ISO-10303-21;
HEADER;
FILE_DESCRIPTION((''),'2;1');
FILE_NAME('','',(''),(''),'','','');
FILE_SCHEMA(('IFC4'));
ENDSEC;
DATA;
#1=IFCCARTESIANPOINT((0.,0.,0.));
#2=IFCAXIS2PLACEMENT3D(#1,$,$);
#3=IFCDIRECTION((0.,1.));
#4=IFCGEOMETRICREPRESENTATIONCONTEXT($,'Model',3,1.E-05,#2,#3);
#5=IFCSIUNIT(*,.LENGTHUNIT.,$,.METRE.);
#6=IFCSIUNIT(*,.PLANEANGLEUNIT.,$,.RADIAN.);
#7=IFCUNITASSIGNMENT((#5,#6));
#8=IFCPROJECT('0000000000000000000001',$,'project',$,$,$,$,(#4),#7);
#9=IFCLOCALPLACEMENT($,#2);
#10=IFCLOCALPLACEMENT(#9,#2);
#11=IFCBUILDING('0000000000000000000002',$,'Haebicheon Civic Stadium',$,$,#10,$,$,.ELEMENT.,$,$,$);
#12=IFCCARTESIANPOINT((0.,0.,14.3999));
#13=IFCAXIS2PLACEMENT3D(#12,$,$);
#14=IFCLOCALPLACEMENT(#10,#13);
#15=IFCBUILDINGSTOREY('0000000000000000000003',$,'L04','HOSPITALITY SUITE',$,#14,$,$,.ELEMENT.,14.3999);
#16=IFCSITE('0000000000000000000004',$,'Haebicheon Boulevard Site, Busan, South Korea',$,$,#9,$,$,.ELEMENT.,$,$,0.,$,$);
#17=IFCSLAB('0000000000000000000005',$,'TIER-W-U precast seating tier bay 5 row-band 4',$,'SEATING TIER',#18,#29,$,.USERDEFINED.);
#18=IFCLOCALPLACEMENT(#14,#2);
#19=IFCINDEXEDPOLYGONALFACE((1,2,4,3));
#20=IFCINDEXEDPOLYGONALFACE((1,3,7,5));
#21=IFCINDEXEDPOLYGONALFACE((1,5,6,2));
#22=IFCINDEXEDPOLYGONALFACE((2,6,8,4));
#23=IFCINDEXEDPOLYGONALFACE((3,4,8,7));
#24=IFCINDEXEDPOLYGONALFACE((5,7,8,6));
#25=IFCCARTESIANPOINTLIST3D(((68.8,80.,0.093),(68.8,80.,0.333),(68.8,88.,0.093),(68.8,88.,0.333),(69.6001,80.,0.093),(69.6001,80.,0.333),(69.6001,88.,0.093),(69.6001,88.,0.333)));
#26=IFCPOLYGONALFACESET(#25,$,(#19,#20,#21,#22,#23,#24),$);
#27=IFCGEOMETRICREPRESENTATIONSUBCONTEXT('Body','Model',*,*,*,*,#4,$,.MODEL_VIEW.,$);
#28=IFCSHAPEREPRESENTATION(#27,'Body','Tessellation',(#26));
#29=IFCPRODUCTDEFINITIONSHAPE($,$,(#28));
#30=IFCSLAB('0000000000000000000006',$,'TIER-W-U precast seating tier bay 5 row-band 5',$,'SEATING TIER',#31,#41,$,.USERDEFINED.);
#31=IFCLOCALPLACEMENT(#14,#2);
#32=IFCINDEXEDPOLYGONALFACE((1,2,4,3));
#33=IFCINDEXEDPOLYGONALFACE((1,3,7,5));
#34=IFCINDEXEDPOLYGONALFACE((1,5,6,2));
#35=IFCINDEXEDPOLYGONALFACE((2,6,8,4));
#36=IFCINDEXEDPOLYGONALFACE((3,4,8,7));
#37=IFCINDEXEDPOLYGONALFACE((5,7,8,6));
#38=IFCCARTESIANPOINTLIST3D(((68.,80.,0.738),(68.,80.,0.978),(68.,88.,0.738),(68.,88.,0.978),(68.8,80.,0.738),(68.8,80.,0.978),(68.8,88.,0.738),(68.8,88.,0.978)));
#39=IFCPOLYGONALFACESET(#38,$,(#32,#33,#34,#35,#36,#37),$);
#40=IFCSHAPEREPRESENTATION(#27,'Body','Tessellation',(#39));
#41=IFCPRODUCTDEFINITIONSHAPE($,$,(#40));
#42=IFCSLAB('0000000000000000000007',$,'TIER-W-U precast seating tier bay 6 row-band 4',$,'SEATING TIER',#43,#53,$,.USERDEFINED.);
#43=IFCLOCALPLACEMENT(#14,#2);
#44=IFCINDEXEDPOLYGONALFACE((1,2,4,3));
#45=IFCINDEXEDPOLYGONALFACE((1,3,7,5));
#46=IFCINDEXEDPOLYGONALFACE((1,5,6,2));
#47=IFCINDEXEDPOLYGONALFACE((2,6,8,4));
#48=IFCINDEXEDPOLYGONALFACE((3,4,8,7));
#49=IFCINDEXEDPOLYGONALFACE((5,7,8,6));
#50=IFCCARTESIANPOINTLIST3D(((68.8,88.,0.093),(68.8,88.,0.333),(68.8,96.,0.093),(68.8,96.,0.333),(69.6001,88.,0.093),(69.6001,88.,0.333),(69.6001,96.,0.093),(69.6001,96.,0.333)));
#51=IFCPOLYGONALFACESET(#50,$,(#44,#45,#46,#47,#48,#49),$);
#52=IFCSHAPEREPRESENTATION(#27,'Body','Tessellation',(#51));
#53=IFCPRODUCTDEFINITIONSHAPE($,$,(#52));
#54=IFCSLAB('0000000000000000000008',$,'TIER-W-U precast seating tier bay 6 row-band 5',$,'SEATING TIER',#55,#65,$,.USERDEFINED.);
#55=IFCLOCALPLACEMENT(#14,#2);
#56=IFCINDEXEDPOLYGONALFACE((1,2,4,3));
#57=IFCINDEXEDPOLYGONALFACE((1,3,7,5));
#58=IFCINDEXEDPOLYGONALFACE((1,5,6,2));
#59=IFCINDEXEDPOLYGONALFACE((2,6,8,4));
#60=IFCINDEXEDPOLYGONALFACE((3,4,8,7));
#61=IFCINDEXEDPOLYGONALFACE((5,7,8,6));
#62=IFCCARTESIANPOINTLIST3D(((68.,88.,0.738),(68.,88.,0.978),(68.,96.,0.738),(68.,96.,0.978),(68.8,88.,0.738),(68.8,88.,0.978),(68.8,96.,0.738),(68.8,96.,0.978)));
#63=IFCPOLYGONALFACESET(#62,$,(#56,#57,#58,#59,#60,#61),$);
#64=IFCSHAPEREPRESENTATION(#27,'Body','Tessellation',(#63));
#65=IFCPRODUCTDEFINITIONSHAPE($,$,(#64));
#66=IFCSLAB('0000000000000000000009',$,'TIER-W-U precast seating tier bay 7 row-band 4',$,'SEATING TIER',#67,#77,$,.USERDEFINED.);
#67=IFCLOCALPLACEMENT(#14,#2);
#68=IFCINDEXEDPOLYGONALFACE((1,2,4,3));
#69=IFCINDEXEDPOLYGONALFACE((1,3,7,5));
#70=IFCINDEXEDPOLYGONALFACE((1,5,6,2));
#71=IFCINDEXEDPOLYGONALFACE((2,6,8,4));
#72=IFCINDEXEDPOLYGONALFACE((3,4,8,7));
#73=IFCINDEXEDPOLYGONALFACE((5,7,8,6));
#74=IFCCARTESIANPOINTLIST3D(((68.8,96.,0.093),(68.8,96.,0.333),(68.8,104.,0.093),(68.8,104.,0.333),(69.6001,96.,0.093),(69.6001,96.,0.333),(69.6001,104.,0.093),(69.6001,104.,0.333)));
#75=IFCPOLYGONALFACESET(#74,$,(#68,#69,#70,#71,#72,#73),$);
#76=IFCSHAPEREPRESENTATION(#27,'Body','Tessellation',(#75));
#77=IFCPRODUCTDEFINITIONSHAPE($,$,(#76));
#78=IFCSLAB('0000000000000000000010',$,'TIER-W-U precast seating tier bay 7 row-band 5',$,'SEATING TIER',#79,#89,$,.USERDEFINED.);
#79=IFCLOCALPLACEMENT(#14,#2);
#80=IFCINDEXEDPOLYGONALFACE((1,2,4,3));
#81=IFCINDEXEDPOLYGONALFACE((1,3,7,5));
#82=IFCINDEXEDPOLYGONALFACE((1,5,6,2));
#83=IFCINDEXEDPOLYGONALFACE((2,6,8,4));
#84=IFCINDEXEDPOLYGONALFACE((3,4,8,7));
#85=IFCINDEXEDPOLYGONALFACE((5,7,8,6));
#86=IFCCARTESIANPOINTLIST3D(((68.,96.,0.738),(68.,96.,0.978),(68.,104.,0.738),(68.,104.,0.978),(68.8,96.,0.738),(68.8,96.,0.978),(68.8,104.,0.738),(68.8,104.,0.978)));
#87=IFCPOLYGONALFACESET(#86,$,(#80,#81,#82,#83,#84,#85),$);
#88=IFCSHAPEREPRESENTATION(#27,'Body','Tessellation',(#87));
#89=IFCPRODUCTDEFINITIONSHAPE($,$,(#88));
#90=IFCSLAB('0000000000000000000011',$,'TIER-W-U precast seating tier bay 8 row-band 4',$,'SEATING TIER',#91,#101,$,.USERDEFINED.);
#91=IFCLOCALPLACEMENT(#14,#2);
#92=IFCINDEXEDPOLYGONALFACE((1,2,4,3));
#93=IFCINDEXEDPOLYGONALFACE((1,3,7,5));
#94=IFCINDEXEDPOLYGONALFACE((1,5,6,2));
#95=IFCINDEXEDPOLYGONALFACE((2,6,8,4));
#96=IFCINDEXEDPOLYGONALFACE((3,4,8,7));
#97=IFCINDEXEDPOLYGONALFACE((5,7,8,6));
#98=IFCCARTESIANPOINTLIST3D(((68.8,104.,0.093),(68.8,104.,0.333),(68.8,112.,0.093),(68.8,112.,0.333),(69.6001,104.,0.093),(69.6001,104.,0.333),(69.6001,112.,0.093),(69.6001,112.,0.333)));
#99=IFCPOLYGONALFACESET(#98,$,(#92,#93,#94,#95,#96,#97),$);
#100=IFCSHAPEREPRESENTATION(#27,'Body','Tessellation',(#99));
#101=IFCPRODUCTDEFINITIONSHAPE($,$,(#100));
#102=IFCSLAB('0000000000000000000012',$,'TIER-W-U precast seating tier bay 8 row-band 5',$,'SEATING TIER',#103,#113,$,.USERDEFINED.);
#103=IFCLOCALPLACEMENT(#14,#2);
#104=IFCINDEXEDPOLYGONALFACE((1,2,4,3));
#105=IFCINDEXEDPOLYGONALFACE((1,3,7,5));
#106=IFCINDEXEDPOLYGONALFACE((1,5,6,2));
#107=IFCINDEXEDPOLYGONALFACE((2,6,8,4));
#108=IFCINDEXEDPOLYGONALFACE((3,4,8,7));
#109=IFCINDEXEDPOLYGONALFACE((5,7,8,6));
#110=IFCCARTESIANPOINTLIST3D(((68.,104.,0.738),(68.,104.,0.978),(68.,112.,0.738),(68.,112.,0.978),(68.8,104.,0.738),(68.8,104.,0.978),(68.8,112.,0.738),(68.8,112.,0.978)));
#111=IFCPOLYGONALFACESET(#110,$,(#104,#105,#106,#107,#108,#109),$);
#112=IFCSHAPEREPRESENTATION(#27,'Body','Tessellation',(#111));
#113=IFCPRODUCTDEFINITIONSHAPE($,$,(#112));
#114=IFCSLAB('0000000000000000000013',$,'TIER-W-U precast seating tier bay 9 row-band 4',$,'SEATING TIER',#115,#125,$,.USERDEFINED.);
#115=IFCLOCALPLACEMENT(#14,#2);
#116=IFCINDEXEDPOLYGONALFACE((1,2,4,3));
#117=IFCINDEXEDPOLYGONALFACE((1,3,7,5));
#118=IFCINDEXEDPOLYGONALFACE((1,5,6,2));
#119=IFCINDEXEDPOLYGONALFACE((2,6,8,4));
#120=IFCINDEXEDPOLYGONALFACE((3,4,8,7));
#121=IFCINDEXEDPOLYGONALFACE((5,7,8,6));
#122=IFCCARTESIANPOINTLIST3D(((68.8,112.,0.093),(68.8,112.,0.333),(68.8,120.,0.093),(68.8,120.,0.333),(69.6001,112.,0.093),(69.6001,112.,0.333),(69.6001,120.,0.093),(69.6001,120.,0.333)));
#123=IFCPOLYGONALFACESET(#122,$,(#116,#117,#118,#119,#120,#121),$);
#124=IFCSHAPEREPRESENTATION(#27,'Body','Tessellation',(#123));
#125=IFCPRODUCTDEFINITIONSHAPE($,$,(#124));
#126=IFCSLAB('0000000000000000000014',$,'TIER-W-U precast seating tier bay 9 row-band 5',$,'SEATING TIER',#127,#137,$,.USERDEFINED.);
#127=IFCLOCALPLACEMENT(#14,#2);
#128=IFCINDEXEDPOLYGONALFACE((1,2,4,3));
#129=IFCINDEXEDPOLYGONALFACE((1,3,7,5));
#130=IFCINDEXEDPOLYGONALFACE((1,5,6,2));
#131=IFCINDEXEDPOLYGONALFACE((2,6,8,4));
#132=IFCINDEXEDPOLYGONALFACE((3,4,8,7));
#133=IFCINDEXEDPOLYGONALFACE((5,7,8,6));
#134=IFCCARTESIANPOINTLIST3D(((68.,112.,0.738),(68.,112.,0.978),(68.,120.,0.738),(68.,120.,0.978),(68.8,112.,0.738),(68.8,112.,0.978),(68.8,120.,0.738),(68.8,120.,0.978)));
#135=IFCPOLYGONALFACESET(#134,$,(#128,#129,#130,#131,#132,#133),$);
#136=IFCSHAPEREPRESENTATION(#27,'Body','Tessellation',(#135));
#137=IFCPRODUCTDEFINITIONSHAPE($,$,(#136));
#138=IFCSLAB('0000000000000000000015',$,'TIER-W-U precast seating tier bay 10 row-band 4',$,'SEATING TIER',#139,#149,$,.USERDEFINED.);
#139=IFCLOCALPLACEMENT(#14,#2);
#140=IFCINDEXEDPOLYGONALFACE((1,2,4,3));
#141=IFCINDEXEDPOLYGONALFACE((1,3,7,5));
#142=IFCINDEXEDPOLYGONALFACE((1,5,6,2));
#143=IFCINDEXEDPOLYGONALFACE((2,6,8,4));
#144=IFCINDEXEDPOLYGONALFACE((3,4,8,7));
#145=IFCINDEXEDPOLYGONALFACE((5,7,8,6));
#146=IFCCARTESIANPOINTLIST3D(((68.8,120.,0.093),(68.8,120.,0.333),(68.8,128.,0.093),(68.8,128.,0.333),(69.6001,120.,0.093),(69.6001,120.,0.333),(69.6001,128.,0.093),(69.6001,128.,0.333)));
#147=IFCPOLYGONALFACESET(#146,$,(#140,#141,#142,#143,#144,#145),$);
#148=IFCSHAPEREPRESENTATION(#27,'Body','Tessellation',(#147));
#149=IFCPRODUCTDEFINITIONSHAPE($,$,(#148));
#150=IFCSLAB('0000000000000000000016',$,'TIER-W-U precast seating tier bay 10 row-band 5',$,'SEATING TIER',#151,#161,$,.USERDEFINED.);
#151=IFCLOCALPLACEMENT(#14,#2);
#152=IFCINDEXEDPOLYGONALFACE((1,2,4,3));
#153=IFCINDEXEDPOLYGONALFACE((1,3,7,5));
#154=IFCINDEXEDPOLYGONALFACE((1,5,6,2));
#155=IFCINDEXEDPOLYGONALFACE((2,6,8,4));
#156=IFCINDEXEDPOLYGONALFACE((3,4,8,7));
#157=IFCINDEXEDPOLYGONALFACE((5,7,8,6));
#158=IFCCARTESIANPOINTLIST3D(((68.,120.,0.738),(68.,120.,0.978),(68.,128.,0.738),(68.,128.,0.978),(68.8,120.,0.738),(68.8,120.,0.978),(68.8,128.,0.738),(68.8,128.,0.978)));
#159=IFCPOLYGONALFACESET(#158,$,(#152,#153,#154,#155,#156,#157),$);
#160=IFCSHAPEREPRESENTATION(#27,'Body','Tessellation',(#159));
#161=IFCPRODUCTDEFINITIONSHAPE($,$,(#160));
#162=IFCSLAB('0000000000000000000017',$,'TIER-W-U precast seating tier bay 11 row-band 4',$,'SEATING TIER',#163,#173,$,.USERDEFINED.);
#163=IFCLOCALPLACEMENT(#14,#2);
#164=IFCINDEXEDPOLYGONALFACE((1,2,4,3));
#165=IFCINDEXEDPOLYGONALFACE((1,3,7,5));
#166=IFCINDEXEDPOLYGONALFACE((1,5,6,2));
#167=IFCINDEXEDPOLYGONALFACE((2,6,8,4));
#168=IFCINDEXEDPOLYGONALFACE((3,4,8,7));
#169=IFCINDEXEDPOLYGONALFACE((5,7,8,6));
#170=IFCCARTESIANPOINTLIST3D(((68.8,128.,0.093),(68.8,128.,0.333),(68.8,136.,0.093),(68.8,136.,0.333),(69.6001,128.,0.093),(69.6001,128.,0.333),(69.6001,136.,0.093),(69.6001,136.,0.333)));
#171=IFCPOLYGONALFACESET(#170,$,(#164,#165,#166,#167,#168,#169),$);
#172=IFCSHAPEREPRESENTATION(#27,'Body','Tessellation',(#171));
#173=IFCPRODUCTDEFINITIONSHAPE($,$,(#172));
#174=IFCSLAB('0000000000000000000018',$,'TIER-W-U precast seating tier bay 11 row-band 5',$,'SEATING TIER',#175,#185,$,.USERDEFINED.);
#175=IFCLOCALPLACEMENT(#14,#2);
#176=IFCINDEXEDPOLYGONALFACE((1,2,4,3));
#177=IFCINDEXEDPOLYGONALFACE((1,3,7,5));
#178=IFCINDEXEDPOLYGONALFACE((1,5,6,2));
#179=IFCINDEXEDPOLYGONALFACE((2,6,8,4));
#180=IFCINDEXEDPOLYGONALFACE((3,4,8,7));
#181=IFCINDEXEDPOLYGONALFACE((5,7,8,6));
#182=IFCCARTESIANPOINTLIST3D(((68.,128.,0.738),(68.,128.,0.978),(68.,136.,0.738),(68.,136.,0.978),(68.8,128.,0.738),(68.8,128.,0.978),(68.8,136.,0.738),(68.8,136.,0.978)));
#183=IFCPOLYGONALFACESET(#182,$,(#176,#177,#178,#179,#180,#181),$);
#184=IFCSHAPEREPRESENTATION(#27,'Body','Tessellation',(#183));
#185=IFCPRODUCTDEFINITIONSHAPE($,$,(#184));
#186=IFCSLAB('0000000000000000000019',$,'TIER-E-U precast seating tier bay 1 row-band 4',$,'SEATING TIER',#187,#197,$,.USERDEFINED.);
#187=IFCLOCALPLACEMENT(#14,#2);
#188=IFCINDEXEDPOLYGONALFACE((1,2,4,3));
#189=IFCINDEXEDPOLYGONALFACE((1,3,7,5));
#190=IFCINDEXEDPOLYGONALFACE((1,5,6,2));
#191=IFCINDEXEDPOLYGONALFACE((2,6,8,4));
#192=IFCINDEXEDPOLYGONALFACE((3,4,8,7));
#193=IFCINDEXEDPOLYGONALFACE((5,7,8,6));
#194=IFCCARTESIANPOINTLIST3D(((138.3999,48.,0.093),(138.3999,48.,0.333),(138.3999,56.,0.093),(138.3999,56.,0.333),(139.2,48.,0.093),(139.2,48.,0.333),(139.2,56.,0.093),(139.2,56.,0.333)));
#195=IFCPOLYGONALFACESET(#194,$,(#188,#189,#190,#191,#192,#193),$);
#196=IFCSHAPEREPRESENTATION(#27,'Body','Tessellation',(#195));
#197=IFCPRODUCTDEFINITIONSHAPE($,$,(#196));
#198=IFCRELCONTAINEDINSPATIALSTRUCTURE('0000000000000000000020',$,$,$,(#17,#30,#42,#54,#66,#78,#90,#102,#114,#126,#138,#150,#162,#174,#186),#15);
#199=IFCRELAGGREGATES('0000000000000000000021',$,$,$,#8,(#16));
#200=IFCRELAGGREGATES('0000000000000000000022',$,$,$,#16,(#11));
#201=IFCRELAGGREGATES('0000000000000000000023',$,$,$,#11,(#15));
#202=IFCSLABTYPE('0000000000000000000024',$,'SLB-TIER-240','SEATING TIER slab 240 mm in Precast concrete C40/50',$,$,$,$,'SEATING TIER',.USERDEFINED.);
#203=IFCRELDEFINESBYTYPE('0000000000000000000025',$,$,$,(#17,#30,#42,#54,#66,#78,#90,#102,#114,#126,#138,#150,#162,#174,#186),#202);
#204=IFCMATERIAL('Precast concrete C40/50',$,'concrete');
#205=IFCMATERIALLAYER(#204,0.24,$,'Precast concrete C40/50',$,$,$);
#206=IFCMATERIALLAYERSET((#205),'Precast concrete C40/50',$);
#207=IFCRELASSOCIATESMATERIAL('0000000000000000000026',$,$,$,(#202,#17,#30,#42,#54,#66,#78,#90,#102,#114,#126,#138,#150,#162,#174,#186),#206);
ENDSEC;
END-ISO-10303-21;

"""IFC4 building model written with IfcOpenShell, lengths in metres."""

from ifc_helpers import new_model, si_unit, direction, frame, origin, place, context, subcontext, project, spatial, polyline, outline, extrude, material, layer, layer_set, type_object, element, save


model = new_model("IFC4")

# Units and contexts
model_context = context("Model", 3, precision=1e-05, world=origin(), true_north=direction((0.0, 1.0)))
body_context = subcontext(model_context, "Body", "Model", "MODEL_VIEW")
ifc_project = project(units=[si_unit("LENGTHUNIT", "METRE"), si_unit("PLANEANGLEUNIT", "RADIAN")], contexts=[model_context])

# Site, building, storey
site_placement = place(None, origin())
site = spatial("IfcSite", under=ifc_project, at=site_placement, Name="Haebicheon Boulevard Site, Busan, South Korea", CompositionType="ELEMENT", RefElevation=0.0)
building_placement = place(site_placement, origin())
building = spatial("IfcBuilding", under=site, at=building_placement, Name="Haebicheon Civic Stadium", CompositionType="ELEMENT")
storey_placement = place(building_placement, frame((0.0, 0.0, 14.3999)))
storey = spatial("IfcBuildingStorey", under=building, at=storey_placement, Name="L04", Description="HOSPITALITY SUITE", CompositionType="ELEMENT", Elevation=14.3999)

# Slabs
ifc_material_1 = material(Name="Precast concrete C40/50", Category="concrete")
ifc_layer_1 = layer(ifc_material_1, 0.24, Name="Precast concrete C40/50")
ifc_layer_set_1 = layer_set([ifc_layer_1], Name="Precast concrete C40/50")
slab_type_1 = type_object("IfcSlabType", Name="SLB-TIER-240", Description="SEATING TIER slab 240 mm in Precast concrete C40/50", ElementType="SEATING TIER", PredefinedType="USERDEFINED", material=ifc_layer_set_1)
slab_1_placement = place(storey_placement, frame((0.0, 0.0, 0.093)))
element("IfcSlab", 1, at=slab_1_placement, inside=storey, type_object=slab_type_1, material=ifc_layer_set_1, Name="TIER-W-U precast seating tier bay 5 row-band 4", ObjectType="SEATING TIER", PredefinedType="USERDEFINED", context=body_context, shape_type="SweptSolid", body=[
    extrude(outline(polyline([(68.8, 80.0), (69.6001, 80.0), (69.6001, 88.0), (68.8, 88.0), (68.8, 80.0)])), origin(), (0.0, 0.0, 1.0), 0.24),
])
slab_2_placement = place(storey_placement, frame((0.0, 0.0, 0.738)))
element("IfcSlab", 2, at=slab_2_placement, inside=storey, type_object=slab_type_1, material=ifc_layer_set_1, Name="TIER-W-U precast seating tier bay 5 row-band 5", ObjectType="SEATING TIER", PredefinedType="USERDEFINED", context=body_context, shape_type="SweptSolid", body=[
    extrude(outline(polyline([(68.0, 80.0), (68.8, 80.0), (68.8, 88.0), (68.0, 88.0), (68.0, 80.0)])), origin(), (0.0, 0.0, 1.0), 0.24),
])
slab_3_placement = place(storey_placement, frame((0.0, 0.0, 0.093)))
element("IfcSlab", 3, at=slab_3_placement, inside=storey, type_object=slab_type_1, material=ifc_layer_set_1, Name="TIER-W-U precast seating tier bay 6 row-band 4", ObjectType="SEATING TIER", PredefinedType="USERDEFINED", context=body_context, shape_type="SweptSolid", body=[
    extrude(outline(polyline([(68.8, 88.0), (69.6001, 88.0), (69.6001, 96.0), (68.8, 96.0), (68.8, 88.0)])), origin(), (0.0, 0.0, 1.0), 0.24),
])
slab_4_placement = place(storey_placement, frame((0.0, 0.0, 0.738)))
element("IfcSlab", 4, at=slab_4_placement, inside=storey, type_object=slab_type_1, material=ifc_layer_set_1, Name="TIER-W-U precast seating tier bay 6 row-band 5", ObjectType="SEATING TIER", PredefinedType="USERDEFINED", context=body_context, shape_type="SweptSolid", body=[
    extrude(outline(polyline([(68.0, 88.0), (68.8, 88.0), (68.8, 96.0), (68.0, 96.0), (68.0, 88.0)])), origin(), (0.0, 0.0, 1.0), 0.24),
])
slab_5_placement = place(storey_placement, frame((0.0, 0.0, 0.093)))
element("IfcSlab", 5, at=slab_5_placement, inside=storey, type_object=slab_type_1, material=ifc_layer_set_1, Name="TIER-W-U precast seating tier bay 7 row-band 4", ObjectType="SEATING TIER", PredefinedType="USERDEFINED", context=body_context, shape_type="SweptSolid", body=[
    extrude(outline(polyline([(68.8, 96.0), (69.6001, 96.0), (69.6001, 104.0), (68.8, 104.0), (68.8, 96.0)])), origin(), (0.0, 0.0, 1.0), 0.24),
])
slab_6_placement = place(storey_placement, frame((0.0, 0.0, 0.738)))
element("IfcSlab", 6, at=slab_6_placement, inside=storey, type_object=slab_type_1, material=ifc_layer_set_1, Name="TIER-W-U precast seating tier bay 7 row-band 5", ObjectType="SEATING TIER", PredefinedType="USERDEFINED", context=body_context, shape_type="SweptSolid", body=[
    extrude(outline(polyline([(68.0, 96.0), (68.8, 96.0), (68.8, 104.0), (68.0, 104.0), (68.0, 96.0)])), origin(), (0.0, 0.0, 1.0), 0.24),
])
slab_7_placement = place(storey_placement, frame((0.0, 0.0, 0.093)))
element("IfcSlab", 7, at=slab_7_placement, inside=storey, type_object=slab_type_1, material=ifc_layer_set_1, Name="TIER-W-U precast seating tier bay 8 row-band 4", ObjectType="SEATING TIER", PredefinedType="USERDEFINED", context=body_context, shape_type="SweptSolid", body=[
    extrude(outline(polyline([(68.8, 104.0), (69.6001, 104.0), (69.6001, 112.0), (68.8, 112.0), (68.8, 104.0)])), origin(), (0.0, 0.0, 1.0), 0.24),
])
slab_8_placement = place(storey_placement, frame((0.0, 0.0, 0.738)))
element("IfcSlab", 8, at=slab_8_placement, inside=storey, type_object=slab_type_1, material=ifc_layer_set_1, Name="TIER-W-U precast seating tier bay 8 row-band 5", ObjectType="SEATING TIER", PredefinedType="USERDEFINED", context=body_context, shape_type="SweptSolid", body=[
    extrude(outline(polyline([(68.0, 104.0), (68.8, 104.0), (68.8, 112.0), (68.0, 112.0), (68.0, 104.0)])), origin(), (0.0, 0.0, 1.0), 0.24),
])
slab_9_placement = place(storey_placement, frame((0.0, 0.0, 0.093)))
element("IfcSlab", 9, at=slab_9_placement, inside=storey, type_object=slab_type_1, material=ifc_layer_set_1, Name="TIER-W-U precast seating tier bay 9 row-band 4", ObjectType="SEATING TIER", PredefinedType="USERDEFINED", context=body_context, shape_type="SweptSolid", body=[
    extrude(outline(polyline([(68.8, 112.0), (69.6001, 112.0), (69.6001, 120.0), (68.8, 120.0), (68.8, 112.0)])), origin(), (0.0, 0.0, 1.0), 0.24),
])
slab_10_placement = place(storey_placement, frame((0.0, 0.0, 0.738)))
element("IfcSlab", 10, at=slab_10_placement, inside=storey, type_object=slab_type_1, material=ifc_layer_set_1, Name="TIER-W-U precast seating tier bay 9 row-band 5", ObjectType="SEATING TIER", PredefinedType="USERDEFINED", context=body_context, shape_type="SweptSolid", body=[
    extrude(outline(polyline([(68.0, 112.0), (68.8, 112.0), (68.8, 120.0), (68.0, 120.0), (68.0, 112.0)])), origin(), (0.0, 0.0, 1.0), 0.24),
])
slab_11_placement = place(storey_placement, frame((0.0, 0.0, 0.093)))
element("IfcSlab", 11, at=slab_11_placement, inside=storey, type_object=slab_type_1, material=ifc_layer_set_1, Name="TIER-W-U precast seating tier bay 10 row-band 4", ObjectType="SEATING TIER", PredefinedType="USERDEFINED", context=body_context, shape_type="SweptSolid", body=[
    extrude(outline(polyline([(68.8, 120.0), (69.6001, 120.0), (69.6001, 128.0), (68.8, 128.0), (68.8, 120.0)])), origin(), (0.0, 0.0, 1.0), 0.24),
])
slab_12_placement = place(storey_placement, frame((0.0, 0.0, 0.738)))
element("IfcSlab", 12, at=slab_12_placement, inside=storey, type_object=slab_type_1, material=ifc_layer_set_1, Name="TIER-W-U precast seating tier bay 10 row-band 5", ObjectType="SEATING TIER", PredefinedType="USERDEFINED", context=body_context, shape_type="SweptSolid", body=[
    extrude(outline(polyline([(68.0, 120.0), (68.8, 120.0), (68.8, 128.0), (68.0, 128.0), (68.0, 120.0)])), origin(), (0.0, 0.0, 1.0), 0.24),
])
slab_13_placement = place(storey_placement, frame((0.0, 0.0, 0.093)))
element("IfcSlab", 13, at=slab_13_placement, inside=storey, type_object=slab_type_1, material=ifc_layer_set_1, Name="TIER-W-U precast seating tier bay 11 row-band 4", ObjectType="SEATING TIER", PredefinedType="USERDEFINED", context=body_context, shape_type="SweptSolid", body=[
    extrude(outline(polyline([(68.8, 128.0), (69.6001, 128.0), (69.6001, 136.0), (68.8, 136.0), (68.8, 128.0)])), origin(), (0.0, 0.0, 1.0), 0.24),
])
slab_14_placement = place(storey_placement, frame((0.0, 0.0, 0.738)))
element("IfcSlab", 14, at=slab_14_placement, inside=storey, type_object=slab_type_1, material=ifc_layer_set_1, Name="TIER-W-U precast seating tier bay 11 row-band 5", ObjectType="SEATING TIER", PredefinedType="USERDEFINED", context=body_context, shape_type="SweptSolid", body=[
    extrude(outline(polyline([(68.0, 128.0), (68.8, 128.0), (68.8, 136.0), (68.0, 136.0), (68.0, 128.0)])), origin(), (0.0, 0.0, 1.0), 0.24),
])
slab_15_placement = place(storey_placement, frame((0.0, 0.0, 0.093)))
element("IfcSlab", 15, at=slab_15_placement, inside=storey, type_object=slab_type_1, material=ifc_layer_set_1, Name="TIER-E-U precast seating tier bay 1 row-band 4", ObjectType="SEATING TIER", PredefinedType="USERDEFINED", context=body_context, shape_type="SweptSolid", body=[
    extrude(outline(polyline([(138.3999, 48.0), (139.2, 48.0), (139.2, 56.0), (138.3999, 56.0), (138.3999, 48.0)])), origin(), (0.0, 0.0, 1.0), 0.24),
])

save(model, "model.ifc")
